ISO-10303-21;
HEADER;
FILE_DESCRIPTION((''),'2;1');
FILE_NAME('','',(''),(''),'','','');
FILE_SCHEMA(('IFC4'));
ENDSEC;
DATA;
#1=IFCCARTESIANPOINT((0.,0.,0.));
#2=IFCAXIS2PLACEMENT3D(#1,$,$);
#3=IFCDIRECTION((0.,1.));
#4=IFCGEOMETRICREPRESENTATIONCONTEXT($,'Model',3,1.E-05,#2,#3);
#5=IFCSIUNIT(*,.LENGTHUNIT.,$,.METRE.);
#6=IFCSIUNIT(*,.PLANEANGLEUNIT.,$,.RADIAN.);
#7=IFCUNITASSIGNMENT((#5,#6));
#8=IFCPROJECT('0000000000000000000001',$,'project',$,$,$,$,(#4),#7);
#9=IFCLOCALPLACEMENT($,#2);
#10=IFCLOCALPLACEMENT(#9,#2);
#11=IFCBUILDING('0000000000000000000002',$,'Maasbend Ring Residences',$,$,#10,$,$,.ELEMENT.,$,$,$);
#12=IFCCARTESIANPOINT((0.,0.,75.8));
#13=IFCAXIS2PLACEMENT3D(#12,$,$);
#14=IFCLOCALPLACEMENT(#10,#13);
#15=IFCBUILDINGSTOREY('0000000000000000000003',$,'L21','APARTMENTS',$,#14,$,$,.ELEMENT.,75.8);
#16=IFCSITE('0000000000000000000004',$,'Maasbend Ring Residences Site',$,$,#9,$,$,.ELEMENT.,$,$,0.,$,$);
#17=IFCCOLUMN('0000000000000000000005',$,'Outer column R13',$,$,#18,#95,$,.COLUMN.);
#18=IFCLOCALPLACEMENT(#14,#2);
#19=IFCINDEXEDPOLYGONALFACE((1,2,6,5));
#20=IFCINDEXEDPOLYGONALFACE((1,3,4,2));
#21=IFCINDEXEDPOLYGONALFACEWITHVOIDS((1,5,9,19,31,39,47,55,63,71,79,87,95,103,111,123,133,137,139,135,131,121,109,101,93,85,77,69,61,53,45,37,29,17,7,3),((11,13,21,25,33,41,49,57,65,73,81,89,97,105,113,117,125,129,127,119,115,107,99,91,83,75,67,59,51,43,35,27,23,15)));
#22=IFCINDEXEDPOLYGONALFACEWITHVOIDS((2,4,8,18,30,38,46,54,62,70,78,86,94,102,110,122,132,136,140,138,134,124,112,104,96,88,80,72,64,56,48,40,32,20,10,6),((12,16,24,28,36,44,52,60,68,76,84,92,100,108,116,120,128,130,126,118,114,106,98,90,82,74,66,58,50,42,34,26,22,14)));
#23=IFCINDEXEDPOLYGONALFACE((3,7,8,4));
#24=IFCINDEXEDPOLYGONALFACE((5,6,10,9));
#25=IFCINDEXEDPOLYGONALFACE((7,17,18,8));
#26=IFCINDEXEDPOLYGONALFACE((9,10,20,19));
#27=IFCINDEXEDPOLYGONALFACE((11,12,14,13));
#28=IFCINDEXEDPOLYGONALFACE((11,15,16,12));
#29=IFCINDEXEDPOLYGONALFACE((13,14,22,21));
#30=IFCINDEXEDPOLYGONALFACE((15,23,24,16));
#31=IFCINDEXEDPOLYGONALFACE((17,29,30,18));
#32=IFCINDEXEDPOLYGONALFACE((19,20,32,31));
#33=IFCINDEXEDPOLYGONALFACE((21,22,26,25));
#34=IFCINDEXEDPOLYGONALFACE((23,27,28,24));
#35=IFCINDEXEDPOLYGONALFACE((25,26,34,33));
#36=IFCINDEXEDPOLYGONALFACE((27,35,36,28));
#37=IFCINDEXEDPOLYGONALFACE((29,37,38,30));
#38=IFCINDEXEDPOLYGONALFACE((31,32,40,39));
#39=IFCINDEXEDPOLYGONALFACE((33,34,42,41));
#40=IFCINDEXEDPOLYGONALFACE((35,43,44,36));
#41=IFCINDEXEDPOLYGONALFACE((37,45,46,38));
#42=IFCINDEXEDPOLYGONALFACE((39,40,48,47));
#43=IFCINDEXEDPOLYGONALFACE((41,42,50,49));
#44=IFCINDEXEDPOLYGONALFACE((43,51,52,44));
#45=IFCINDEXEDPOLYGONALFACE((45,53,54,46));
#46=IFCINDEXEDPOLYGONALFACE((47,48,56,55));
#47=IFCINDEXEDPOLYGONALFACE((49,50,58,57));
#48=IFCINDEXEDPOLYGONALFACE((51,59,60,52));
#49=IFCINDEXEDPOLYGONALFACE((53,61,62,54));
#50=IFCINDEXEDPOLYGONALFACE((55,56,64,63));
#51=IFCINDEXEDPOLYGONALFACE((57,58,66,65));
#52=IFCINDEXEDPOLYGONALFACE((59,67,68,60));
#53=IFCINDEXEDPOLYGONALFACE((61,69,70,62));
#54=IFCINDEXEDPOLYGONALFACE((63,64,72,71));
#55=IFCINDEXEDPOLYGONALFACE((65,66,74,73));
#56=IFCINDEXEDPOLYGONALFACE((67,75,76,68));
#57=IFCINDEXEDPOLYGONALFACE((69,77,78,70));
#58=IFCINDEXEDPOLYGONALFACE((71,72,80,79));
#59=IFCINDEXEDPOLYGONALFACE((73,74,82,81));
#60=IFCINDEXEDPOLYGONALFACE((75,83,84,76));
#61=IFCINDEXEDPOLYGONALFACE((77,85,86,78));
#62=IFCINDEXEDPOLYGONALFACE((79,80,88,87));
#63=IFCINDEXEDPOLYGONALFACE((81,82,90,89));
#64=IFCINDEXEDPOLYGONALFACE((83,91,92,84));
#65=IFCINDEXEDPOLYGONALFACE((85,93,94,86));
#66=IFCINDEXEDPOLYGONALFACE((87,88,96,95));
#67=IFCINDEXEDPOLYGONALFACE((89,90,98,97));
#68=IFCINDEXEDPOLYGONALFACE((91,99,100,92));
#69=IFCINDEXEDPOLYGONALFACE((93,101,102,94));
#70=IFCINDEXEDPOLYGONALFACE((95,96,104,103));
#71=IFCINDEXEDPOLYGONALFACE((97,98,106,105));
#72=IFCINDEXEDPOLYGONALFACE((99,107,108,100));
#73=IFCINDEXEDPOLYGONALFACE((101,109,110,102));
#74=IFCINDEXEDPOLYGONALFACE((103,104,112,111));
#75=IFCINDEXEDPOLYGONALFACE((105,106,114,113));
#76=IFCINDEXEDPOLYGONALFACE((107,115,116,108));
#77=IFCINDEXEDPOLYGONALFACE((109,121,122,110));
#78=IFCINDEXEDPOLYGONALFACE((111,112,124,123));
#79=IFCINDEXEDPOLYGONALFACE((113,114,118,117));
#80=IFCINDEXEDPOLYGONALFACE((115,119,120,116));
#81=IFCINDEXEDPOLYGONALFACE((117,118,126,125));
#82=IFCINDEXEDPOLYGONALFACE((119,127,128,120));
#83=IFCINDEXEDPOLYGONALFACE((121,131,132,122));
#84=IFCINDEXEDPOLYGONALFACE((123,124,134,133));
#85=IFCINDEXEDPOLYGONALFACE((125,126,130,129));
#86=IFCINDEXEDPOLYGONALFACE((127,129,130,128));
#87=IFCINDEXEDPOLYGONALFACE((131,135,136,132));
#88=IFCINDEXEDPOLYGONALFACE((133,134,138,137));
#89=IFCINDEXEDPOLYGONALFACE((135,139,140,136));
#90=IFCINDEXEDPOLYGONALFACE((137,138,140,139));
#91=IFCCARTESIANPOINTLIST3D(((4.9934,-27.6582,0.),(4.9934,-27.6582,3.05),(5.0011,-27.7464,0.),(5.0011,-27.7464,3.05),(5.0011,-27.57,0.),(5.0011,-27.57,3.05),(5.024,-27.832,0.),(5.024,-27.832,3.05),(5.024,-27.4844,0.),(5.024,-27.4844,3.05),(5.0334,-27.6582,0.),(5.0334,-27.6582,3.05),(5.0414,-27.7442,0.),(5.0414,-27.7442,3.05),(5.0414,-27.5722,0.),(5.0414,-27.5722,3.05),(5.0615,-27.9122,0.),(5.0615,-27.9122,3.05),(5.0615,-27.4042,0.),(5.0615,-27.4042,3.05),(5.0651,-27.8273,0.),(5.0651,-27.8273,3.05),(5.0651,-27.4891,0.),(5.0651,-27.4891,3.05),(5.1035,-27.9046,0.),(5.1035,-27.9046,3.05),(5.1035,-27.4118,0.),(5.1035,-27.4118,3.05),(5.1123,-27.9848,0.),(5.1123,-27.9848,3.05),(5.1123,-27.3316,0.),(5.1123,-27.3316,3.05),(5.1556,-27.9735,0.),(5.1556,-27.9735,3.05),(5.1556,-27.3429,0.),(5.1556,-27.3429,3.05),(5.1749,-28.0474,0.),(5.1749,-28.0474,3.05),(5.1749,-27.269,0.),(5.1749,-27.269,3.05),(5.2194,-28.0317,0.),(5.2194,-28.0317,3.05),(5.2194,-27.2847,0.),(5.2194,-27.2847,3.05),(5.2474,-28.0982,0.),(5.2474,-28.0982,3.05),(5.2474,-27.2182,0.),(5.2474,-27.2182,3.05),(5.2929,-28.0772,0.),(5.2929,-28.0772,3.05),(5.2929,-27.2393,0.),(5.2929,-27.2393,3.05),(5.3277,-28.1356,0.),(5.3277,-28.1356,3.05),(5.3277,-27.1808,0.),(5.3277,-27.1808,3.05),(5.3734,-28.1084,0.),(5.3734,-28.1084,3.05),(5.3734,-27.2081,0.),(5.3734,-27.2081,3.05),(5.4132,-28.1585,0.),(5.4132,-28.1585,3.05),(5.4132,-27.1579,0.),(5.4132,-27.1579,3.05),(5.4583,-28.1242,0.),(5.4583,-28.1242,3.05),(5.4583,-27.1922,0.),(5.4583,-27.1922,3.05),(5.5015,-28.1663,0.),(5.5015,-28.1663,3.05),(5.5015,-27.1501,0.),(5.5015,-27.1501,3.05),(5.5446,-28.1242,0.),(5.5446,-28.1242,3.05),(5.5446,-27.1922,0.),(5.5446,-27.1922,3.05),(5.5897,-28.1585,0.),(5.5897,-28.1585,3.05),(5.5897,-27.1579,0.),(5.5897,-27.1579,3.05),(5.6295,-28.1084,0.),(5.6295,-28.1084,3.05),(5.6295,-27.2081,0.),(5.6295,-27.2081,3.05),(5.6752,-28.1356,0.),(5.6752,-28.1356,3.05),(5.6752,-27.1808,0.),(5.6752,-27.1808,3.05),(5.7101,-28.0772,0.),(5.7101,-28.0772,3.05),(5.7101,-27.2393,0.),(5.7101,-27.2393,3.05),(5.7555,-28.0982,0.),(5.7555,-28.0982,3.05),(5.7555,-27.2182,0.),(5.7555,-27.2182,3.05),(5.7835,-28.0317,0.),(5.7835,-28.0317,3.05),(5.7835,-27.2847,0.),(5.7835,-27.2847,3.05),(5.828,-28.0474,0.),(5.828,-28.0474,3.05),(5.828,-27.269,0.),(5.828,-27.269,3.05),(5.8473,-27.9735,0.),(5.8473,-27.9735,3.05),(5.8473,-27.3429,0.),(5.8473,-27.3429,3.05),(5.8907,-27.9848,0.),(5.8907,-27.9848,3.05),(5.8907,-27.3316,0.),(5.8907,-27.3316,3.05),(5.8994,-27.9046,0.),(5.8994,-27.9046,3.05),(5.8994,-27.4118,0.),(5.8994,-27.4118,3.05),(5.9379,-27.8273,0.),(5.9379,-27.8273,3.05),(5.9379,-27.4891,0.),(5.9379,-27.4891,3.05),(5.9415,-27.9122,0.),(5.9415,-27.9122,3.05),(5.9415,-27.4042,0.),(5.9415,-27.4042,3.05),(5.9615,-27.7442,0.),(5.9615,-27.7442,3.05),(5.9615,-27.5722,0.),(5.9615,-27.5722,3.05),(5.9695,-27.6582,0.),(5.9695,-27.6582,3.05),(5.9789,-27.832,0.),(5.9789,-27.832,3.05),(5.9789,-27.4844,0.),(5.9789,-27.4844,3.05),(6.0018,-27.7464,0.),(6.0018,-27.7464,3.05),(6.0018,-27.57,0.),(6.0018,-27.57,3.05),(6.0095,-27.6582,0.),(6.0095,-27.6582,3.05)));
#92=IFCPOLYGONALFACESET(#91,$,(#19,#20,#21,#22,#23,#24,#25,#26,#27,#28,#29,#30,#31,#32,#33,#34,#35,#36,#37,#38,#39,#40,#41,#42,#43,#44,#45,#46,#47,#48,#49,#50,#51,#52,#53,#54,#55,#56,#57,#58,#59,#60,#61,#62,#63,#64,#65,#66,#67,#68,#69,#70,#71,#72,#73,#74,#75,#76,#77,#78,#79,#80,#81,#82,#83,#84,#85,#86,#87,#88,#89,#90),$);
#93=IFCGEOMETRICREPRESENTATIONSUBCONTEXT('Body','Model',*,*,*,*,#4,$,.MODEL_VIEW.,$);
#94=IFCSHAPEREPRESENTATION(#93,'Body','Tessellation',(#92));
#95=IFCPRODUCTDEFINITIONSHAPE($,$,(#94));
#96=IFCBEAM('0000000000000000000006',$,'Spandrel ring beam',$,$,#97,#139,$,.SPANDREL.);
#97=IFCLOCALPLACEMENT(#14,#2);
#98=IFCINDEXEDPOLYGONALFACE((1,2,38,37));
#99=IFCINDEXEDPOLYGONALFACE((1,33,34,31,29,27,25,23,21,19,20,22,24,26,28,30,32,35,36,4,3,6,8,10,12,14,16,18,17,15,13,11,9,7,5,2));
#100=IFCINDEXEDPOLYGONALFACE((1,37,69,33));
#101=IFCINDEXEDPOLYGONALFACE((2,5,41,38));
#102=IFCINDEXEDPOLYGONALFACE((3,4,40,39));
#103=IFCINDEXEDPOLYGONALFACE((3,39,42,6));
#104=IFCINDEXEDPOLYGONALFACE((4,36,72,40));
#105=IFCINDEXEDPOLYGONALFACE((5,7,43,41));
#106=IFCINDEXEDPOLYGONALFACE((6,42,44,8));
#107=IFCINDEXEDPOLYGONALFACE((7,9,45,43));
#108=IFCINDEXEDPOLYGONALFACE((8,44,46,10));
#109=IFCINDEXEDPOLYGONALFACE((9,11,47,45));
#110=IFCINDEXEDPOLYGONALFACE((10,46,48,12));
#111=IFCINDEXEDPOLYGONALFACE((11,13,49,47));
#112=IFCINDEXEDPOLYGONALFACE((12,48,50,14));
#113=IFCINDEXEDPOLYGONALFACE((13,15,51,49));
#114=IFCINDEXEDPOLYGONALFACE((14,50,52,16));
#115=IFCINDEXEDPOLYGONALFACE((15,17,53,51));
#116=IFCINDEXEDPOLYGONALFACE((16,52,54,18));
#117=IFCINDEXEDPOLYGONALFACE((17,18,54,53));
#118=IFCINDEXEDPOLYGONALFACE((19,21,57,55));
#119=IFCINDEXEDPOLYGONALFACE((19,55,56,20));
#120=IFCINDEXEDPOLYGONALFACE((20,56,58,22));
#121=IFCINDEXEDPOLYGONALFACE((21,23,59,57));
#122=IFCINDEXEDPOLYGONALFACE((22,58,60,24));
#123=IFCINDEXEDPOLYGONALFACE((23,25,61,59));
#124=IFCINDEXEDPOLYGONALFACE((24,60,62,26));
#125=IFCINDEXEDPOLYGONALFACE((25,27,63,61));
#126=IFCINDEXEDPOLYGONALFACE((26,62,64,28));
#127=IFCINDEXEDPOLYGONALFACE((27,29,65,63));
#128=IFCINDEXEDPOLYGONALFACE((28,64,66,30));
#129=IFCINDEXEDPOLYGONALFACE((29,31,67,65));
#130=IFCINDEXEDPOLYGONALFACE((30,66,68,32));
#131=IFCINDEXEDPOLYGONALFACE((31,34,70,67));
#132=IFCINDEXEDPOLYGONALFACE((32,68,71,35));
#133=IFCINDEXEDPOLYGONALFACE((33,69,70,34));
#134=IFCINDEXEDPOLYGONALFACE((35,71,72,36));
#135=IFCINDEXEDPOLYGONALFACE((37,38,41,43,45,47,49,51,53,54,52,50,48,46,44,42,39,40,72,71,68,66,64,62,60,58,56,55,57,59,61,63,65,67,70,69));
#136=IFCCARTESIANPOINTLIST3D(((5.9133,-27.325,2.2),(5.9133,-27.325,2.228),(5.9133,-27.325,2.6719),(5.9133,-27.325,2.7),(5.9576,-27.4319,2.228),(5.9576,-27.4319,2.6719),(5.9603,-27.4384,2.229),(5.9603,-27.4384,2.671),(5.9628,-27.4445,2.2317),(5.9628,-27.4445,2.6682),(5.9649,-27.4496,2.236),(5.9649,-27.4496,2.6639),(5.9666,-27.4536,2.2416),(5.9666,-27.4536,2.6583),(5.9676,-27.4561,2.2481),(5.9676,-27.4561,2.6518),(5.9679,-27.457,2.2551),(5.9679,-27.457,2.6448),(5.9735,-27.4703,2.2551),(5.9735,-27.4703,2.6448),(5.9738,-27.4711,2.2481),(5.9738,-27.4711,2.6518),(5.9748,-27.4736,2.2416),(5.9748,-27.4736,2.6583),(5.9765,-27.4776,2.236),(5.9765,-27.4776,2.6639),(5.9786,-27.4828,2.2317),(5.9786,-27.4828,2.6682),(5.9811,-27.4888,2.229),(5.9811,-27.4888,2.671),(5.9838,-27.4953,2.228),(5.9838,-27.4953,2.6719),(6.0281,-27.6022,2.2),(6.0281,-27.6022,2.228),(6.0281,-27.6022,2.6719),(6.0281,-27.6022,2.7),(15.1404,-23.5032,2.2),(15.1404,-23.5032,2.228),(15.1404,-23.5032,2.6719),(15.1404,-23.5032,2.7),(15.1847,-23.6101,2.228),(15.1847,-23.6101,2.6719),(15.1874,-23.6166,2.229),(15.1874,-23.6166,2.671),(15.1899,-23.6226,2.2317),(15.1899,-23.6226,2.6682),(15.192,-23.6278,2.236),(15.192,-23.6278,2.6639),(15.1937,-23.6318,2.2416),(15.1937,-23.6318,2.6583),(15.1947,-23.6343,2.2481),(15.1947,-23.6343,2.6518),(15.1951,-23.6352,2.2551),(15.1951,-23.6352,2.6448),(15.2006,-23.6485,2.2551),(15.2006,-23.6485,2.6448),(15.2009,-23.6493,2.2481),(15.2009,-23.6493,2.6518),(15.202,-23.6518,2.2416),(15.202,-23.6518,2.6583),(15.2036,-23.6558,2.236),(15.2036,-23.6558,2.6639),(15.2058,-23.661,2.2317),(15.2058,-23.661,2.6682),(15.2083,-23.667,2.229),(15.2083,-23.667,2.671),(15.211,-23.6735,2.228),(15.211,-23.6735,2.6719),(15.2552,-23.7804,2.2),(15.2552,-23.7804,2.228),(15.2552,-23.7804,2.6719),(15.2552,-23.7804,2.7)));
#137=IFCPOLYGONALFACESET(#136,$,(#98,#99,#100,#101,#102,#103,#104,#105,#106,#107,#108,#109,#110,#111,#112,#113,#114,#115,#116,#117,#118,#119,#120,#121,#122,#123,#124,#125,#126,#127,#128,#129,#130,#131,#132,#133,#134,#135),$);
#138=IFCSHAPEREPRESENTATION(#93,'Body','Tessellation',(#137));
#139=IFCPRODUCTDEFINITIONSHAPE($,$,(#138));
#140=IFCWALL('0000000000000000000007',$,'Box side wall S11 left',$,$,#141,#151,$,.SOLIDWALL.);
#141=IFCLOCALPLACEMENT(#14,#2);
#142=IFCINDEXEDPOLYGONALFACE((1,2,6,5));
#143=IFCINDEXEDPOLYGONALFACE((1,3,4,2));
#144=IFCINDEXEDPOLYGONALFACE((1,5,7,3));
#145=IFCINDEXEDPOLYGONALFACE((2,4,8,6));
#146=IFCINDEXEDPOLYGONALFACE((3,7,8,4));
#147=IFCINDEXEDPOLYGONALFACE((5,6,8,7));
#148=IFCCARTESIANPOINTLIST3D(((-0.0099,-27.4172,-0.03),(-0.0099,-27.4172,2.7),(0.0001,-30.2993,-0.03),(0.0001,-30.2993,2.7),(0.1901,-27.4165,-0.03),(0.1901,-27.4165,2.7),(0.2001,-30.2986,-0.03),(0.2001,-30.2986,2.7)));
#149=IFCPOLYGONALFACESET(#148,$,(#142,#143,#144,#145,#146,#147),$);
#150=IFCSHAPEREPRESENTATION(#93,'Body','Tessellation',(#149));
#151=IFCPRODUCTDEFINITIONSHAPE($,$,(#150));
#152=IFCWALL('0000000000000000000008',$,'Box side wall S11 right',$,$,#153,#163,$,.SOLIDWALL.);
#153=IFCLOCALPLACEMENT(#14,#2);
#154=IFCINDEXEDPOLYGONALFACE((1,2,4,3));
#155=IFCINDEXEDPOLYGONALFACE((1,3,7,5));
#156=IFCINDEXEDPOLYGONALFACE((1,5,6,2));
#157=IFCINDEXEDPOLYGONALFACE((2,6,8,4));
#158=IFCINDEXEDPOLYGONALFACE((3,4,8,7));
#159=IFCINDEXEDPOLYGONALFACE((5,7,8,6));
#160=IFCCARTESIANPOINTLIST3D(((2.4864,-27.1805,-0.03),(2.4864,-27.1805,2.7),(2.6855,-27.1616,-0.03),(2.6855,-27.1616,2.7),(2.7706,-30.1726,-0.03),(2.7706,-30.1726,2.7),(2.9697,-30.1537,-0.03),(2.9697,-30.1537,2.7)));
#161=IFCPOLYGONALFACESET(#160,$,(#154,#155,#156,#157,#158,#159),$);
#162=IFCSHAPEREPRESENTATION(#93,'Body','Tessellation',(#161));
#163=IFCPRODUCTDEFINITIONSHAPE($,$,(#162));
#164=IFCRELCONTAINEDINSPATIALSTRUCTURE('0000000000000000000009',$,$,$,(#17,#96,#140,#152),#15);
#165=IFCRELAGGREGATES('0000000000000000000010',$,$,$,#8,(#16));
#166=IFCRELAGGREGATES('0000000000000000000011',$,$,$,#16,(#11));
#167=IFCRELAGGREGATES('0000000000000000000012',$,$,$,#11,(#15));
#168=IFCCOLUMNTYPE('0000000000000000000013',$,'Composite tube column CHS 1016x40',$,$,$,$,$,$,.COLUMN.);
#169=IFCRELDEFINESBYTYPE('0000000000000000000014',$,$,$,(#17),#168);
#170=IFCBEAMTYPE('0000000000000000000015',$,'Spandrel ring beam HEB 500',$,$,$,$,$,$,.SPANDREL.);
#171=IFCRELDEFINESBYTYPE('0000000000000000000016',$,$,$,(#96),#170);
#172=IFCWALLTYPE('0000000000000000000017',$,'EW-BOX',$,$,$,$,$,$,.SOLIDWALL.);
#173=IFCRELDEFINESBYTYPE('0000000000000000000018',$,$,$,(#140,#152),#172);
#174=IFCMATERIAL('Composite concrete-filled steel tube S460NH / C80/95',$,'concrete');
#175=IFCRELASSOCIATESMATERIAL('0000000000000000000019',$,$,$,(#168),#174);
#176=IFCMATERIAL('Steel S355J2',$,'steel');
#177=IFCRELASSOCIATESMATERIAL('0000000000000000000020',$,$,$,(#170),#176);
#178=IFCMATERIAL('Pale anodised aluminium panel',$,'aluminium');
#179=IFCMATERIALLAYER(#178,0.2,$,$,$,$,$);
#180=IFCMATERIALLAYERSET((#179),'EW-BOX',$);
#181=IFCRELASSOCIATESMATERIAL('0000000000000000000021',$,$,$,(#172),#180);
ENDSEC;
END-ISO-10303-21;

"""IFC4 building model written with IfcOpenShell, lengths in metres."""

from ifc_helpers import new_model, si_unit, direction, frame, frame_2d, origin, origin_2d, place, context, subcontext, project, spatial, rectangle, hollow_circle, i_section, extrude, material, layer, layer_set, material_profile, profile_set, type_object, element, save


model = new_model("IFC4")

# Units and contexts
model_context = context("Model", 3, precision=1e-05, world=origin(), true_north=direction((0.0, 1.0)))
body_context = subcontext(model_context, "Body", "Model", "MODEL_VIEW")
ifc_project = project(units=[si_unit("LENGTHUNIT", "METRE"), si_unit("PLANEANGLEUNIT", "RADIAN")], contexts=[model_context])

# Site, building, storey
site_placement = place(None, origin())
site = spatial("IfcSite", under=ifc_project, at=site_placement, Name="Maasbend Ring Residences Site", CompositionType="ELEMENT", RefElevation=0.0)
building_placement = place(site_placement, origin())
building = spatial("IfcBuilding", under=site, at=building_placement, Name="Maasbend Ring Residences", CompositionType="ELEMENT")
storey_placement = place(building_placement, frame((0.0, 0.0, 75.8)))
storey = spatial("IfcBuildingStorey", under=building, at=storey_placement, Name="L21", Description="APARTMENTS", CompositionType="ELEMENT", Elevation=75.8)

# Column
ifc_material_1 = material(Name="Composite concrete-filled steel tube S460NH / C80/95", Category="concrete")
ifc_material_profile_1 = material_profile(ifc_material_1, hollow_circle(Radius=0.5081, WallThickness=0.04, at=origin_2d()), Name="Composite tube column CHS 1016x40")
ifc_profile_set_1 = profile_set([ifc_material_profile_1], Name="Composite concrete-filled steel tube S460NH / C80/95")
column_type = type_object("IfcColumnType", Name="Composite tube column CHS 1016x40", PredefinedType="COLUMN", material=ifc_profile_set_1)
column_placement = place(storey_placement, frame((5.5015, -27.6582, 0.0), z_axis=(0.0, 0.0, 1.0), x_axis=(1.0, 0.0, 0.0)))
element("IfcColumn", 1, at=column_placement, inside=storey, type_object=column_type, Name="Outer column R13", PredefinedType="COLUMN", context=body_context, shape_type="SweptSolid", body=[
    extrude(hollow_circle(Radius=0.5081, WallThickness=0.04, at=origin_2d()), origin(), (0.0, 0.0, 1.0), 3.05),
])

# Beam
ifc_material_2 = material(Name="Steel S355J2", Category="steel")
ifc_material_profile_2 = material_profile(ifc_material_2, i_section(OverallWidth=0.3, OverallDepth=0.5, WebThickness=0.0144, FlangeThickness=0.0281, FilletRadius=0.0271, at=origin_2d()), Name="HEB 500")
ifc_profile_set_2 = profile_set([ifc_material_profile_2], Name="Steel S355J2")
beam_type = type_object("IfcBeamType", Name="Spandrel ring beam HEB 500", PredefinedType="SPANDREL", material=ifc_profile_set_2)
beam_placement = place(storey_placement, frame((5.9707, -27.4636, 2.45), z_axis=(0.923886, 0.382667, 0.0), x_axis=(-0.382667, 0.923886, 0.0)))
element("IfcBeam", 2, at=beam_placement, inside=storey, type_object=beam_type, Name="Spandrel ring beam", PredefinedType="SPANDREL", context=body_context, shape_type="SweptSolid", body=[
    extrude(i_section(OverallWidth=0.3, OverallDepth=0.5, WebThickness=0.0144, FlangeThickness=0.0281, FilletRadius=0.0271, at=origin_2d()), origin(), (0.0, 0.0, 1.0), 9.9873),
])

# Walls
ifc_material_3 = material(Name="Pale anodised aluminium panel", Category="aluminium")
ifc_layer_1 = layer(ifc_material_3, 0.2)
ifc_layer_set_1 = layer_set([ifc_layer_1], Name="EW-BOX")
wall_type_1 = type_object("IfcWallType", Name="EW-BOX", PredefinedType="SOLIDWALL", material=ifc_layer_set_1)
wall_1_placement = place(storey_placement, frame((0.0901, -27.417, -0.03), z_axis=(0.0, 0.0, 1.0), x_axis=(0.003473, -0.999994, 0.0)))
element("IfcWall", 3, at=wall_1_placement, inside=storey, type_object=wall_type_1, Name="Box side wall S11 left", PredefinedType="SOLIDWALL", context=body_context, shape_type="SweptSolid", body=[
    extrude(rectangle(XDim=2.8821, YDim=0.2, at=frame_2d((1.4409, 0.0))), origin(), (0.0, 0.0, 1.0), 2.73),
])
wall_2_placement = place(storey_placement, frame((2.5859, -27.1709, -0.03), z_axis=(0.0, 0.0, 1.0), x_axis=(0.094548, -0.99552, 0.0)))
element("IfcWall", 4, at=wall_2_placement, inside=storey, type_object=wall_type_1, Name="Box side wall S11 right", PredefinedType="SOLIDWALL", context=body_context, shape_type="SweptSolid", body=[
    extrude(rectangle(XDim=3.0056, YDim=0.2, at=frame_2d((1.5029, 0.0))), origin(), (0.0, 0.0, 1.0), 2.73),
])

save(model, "model.ifc")
